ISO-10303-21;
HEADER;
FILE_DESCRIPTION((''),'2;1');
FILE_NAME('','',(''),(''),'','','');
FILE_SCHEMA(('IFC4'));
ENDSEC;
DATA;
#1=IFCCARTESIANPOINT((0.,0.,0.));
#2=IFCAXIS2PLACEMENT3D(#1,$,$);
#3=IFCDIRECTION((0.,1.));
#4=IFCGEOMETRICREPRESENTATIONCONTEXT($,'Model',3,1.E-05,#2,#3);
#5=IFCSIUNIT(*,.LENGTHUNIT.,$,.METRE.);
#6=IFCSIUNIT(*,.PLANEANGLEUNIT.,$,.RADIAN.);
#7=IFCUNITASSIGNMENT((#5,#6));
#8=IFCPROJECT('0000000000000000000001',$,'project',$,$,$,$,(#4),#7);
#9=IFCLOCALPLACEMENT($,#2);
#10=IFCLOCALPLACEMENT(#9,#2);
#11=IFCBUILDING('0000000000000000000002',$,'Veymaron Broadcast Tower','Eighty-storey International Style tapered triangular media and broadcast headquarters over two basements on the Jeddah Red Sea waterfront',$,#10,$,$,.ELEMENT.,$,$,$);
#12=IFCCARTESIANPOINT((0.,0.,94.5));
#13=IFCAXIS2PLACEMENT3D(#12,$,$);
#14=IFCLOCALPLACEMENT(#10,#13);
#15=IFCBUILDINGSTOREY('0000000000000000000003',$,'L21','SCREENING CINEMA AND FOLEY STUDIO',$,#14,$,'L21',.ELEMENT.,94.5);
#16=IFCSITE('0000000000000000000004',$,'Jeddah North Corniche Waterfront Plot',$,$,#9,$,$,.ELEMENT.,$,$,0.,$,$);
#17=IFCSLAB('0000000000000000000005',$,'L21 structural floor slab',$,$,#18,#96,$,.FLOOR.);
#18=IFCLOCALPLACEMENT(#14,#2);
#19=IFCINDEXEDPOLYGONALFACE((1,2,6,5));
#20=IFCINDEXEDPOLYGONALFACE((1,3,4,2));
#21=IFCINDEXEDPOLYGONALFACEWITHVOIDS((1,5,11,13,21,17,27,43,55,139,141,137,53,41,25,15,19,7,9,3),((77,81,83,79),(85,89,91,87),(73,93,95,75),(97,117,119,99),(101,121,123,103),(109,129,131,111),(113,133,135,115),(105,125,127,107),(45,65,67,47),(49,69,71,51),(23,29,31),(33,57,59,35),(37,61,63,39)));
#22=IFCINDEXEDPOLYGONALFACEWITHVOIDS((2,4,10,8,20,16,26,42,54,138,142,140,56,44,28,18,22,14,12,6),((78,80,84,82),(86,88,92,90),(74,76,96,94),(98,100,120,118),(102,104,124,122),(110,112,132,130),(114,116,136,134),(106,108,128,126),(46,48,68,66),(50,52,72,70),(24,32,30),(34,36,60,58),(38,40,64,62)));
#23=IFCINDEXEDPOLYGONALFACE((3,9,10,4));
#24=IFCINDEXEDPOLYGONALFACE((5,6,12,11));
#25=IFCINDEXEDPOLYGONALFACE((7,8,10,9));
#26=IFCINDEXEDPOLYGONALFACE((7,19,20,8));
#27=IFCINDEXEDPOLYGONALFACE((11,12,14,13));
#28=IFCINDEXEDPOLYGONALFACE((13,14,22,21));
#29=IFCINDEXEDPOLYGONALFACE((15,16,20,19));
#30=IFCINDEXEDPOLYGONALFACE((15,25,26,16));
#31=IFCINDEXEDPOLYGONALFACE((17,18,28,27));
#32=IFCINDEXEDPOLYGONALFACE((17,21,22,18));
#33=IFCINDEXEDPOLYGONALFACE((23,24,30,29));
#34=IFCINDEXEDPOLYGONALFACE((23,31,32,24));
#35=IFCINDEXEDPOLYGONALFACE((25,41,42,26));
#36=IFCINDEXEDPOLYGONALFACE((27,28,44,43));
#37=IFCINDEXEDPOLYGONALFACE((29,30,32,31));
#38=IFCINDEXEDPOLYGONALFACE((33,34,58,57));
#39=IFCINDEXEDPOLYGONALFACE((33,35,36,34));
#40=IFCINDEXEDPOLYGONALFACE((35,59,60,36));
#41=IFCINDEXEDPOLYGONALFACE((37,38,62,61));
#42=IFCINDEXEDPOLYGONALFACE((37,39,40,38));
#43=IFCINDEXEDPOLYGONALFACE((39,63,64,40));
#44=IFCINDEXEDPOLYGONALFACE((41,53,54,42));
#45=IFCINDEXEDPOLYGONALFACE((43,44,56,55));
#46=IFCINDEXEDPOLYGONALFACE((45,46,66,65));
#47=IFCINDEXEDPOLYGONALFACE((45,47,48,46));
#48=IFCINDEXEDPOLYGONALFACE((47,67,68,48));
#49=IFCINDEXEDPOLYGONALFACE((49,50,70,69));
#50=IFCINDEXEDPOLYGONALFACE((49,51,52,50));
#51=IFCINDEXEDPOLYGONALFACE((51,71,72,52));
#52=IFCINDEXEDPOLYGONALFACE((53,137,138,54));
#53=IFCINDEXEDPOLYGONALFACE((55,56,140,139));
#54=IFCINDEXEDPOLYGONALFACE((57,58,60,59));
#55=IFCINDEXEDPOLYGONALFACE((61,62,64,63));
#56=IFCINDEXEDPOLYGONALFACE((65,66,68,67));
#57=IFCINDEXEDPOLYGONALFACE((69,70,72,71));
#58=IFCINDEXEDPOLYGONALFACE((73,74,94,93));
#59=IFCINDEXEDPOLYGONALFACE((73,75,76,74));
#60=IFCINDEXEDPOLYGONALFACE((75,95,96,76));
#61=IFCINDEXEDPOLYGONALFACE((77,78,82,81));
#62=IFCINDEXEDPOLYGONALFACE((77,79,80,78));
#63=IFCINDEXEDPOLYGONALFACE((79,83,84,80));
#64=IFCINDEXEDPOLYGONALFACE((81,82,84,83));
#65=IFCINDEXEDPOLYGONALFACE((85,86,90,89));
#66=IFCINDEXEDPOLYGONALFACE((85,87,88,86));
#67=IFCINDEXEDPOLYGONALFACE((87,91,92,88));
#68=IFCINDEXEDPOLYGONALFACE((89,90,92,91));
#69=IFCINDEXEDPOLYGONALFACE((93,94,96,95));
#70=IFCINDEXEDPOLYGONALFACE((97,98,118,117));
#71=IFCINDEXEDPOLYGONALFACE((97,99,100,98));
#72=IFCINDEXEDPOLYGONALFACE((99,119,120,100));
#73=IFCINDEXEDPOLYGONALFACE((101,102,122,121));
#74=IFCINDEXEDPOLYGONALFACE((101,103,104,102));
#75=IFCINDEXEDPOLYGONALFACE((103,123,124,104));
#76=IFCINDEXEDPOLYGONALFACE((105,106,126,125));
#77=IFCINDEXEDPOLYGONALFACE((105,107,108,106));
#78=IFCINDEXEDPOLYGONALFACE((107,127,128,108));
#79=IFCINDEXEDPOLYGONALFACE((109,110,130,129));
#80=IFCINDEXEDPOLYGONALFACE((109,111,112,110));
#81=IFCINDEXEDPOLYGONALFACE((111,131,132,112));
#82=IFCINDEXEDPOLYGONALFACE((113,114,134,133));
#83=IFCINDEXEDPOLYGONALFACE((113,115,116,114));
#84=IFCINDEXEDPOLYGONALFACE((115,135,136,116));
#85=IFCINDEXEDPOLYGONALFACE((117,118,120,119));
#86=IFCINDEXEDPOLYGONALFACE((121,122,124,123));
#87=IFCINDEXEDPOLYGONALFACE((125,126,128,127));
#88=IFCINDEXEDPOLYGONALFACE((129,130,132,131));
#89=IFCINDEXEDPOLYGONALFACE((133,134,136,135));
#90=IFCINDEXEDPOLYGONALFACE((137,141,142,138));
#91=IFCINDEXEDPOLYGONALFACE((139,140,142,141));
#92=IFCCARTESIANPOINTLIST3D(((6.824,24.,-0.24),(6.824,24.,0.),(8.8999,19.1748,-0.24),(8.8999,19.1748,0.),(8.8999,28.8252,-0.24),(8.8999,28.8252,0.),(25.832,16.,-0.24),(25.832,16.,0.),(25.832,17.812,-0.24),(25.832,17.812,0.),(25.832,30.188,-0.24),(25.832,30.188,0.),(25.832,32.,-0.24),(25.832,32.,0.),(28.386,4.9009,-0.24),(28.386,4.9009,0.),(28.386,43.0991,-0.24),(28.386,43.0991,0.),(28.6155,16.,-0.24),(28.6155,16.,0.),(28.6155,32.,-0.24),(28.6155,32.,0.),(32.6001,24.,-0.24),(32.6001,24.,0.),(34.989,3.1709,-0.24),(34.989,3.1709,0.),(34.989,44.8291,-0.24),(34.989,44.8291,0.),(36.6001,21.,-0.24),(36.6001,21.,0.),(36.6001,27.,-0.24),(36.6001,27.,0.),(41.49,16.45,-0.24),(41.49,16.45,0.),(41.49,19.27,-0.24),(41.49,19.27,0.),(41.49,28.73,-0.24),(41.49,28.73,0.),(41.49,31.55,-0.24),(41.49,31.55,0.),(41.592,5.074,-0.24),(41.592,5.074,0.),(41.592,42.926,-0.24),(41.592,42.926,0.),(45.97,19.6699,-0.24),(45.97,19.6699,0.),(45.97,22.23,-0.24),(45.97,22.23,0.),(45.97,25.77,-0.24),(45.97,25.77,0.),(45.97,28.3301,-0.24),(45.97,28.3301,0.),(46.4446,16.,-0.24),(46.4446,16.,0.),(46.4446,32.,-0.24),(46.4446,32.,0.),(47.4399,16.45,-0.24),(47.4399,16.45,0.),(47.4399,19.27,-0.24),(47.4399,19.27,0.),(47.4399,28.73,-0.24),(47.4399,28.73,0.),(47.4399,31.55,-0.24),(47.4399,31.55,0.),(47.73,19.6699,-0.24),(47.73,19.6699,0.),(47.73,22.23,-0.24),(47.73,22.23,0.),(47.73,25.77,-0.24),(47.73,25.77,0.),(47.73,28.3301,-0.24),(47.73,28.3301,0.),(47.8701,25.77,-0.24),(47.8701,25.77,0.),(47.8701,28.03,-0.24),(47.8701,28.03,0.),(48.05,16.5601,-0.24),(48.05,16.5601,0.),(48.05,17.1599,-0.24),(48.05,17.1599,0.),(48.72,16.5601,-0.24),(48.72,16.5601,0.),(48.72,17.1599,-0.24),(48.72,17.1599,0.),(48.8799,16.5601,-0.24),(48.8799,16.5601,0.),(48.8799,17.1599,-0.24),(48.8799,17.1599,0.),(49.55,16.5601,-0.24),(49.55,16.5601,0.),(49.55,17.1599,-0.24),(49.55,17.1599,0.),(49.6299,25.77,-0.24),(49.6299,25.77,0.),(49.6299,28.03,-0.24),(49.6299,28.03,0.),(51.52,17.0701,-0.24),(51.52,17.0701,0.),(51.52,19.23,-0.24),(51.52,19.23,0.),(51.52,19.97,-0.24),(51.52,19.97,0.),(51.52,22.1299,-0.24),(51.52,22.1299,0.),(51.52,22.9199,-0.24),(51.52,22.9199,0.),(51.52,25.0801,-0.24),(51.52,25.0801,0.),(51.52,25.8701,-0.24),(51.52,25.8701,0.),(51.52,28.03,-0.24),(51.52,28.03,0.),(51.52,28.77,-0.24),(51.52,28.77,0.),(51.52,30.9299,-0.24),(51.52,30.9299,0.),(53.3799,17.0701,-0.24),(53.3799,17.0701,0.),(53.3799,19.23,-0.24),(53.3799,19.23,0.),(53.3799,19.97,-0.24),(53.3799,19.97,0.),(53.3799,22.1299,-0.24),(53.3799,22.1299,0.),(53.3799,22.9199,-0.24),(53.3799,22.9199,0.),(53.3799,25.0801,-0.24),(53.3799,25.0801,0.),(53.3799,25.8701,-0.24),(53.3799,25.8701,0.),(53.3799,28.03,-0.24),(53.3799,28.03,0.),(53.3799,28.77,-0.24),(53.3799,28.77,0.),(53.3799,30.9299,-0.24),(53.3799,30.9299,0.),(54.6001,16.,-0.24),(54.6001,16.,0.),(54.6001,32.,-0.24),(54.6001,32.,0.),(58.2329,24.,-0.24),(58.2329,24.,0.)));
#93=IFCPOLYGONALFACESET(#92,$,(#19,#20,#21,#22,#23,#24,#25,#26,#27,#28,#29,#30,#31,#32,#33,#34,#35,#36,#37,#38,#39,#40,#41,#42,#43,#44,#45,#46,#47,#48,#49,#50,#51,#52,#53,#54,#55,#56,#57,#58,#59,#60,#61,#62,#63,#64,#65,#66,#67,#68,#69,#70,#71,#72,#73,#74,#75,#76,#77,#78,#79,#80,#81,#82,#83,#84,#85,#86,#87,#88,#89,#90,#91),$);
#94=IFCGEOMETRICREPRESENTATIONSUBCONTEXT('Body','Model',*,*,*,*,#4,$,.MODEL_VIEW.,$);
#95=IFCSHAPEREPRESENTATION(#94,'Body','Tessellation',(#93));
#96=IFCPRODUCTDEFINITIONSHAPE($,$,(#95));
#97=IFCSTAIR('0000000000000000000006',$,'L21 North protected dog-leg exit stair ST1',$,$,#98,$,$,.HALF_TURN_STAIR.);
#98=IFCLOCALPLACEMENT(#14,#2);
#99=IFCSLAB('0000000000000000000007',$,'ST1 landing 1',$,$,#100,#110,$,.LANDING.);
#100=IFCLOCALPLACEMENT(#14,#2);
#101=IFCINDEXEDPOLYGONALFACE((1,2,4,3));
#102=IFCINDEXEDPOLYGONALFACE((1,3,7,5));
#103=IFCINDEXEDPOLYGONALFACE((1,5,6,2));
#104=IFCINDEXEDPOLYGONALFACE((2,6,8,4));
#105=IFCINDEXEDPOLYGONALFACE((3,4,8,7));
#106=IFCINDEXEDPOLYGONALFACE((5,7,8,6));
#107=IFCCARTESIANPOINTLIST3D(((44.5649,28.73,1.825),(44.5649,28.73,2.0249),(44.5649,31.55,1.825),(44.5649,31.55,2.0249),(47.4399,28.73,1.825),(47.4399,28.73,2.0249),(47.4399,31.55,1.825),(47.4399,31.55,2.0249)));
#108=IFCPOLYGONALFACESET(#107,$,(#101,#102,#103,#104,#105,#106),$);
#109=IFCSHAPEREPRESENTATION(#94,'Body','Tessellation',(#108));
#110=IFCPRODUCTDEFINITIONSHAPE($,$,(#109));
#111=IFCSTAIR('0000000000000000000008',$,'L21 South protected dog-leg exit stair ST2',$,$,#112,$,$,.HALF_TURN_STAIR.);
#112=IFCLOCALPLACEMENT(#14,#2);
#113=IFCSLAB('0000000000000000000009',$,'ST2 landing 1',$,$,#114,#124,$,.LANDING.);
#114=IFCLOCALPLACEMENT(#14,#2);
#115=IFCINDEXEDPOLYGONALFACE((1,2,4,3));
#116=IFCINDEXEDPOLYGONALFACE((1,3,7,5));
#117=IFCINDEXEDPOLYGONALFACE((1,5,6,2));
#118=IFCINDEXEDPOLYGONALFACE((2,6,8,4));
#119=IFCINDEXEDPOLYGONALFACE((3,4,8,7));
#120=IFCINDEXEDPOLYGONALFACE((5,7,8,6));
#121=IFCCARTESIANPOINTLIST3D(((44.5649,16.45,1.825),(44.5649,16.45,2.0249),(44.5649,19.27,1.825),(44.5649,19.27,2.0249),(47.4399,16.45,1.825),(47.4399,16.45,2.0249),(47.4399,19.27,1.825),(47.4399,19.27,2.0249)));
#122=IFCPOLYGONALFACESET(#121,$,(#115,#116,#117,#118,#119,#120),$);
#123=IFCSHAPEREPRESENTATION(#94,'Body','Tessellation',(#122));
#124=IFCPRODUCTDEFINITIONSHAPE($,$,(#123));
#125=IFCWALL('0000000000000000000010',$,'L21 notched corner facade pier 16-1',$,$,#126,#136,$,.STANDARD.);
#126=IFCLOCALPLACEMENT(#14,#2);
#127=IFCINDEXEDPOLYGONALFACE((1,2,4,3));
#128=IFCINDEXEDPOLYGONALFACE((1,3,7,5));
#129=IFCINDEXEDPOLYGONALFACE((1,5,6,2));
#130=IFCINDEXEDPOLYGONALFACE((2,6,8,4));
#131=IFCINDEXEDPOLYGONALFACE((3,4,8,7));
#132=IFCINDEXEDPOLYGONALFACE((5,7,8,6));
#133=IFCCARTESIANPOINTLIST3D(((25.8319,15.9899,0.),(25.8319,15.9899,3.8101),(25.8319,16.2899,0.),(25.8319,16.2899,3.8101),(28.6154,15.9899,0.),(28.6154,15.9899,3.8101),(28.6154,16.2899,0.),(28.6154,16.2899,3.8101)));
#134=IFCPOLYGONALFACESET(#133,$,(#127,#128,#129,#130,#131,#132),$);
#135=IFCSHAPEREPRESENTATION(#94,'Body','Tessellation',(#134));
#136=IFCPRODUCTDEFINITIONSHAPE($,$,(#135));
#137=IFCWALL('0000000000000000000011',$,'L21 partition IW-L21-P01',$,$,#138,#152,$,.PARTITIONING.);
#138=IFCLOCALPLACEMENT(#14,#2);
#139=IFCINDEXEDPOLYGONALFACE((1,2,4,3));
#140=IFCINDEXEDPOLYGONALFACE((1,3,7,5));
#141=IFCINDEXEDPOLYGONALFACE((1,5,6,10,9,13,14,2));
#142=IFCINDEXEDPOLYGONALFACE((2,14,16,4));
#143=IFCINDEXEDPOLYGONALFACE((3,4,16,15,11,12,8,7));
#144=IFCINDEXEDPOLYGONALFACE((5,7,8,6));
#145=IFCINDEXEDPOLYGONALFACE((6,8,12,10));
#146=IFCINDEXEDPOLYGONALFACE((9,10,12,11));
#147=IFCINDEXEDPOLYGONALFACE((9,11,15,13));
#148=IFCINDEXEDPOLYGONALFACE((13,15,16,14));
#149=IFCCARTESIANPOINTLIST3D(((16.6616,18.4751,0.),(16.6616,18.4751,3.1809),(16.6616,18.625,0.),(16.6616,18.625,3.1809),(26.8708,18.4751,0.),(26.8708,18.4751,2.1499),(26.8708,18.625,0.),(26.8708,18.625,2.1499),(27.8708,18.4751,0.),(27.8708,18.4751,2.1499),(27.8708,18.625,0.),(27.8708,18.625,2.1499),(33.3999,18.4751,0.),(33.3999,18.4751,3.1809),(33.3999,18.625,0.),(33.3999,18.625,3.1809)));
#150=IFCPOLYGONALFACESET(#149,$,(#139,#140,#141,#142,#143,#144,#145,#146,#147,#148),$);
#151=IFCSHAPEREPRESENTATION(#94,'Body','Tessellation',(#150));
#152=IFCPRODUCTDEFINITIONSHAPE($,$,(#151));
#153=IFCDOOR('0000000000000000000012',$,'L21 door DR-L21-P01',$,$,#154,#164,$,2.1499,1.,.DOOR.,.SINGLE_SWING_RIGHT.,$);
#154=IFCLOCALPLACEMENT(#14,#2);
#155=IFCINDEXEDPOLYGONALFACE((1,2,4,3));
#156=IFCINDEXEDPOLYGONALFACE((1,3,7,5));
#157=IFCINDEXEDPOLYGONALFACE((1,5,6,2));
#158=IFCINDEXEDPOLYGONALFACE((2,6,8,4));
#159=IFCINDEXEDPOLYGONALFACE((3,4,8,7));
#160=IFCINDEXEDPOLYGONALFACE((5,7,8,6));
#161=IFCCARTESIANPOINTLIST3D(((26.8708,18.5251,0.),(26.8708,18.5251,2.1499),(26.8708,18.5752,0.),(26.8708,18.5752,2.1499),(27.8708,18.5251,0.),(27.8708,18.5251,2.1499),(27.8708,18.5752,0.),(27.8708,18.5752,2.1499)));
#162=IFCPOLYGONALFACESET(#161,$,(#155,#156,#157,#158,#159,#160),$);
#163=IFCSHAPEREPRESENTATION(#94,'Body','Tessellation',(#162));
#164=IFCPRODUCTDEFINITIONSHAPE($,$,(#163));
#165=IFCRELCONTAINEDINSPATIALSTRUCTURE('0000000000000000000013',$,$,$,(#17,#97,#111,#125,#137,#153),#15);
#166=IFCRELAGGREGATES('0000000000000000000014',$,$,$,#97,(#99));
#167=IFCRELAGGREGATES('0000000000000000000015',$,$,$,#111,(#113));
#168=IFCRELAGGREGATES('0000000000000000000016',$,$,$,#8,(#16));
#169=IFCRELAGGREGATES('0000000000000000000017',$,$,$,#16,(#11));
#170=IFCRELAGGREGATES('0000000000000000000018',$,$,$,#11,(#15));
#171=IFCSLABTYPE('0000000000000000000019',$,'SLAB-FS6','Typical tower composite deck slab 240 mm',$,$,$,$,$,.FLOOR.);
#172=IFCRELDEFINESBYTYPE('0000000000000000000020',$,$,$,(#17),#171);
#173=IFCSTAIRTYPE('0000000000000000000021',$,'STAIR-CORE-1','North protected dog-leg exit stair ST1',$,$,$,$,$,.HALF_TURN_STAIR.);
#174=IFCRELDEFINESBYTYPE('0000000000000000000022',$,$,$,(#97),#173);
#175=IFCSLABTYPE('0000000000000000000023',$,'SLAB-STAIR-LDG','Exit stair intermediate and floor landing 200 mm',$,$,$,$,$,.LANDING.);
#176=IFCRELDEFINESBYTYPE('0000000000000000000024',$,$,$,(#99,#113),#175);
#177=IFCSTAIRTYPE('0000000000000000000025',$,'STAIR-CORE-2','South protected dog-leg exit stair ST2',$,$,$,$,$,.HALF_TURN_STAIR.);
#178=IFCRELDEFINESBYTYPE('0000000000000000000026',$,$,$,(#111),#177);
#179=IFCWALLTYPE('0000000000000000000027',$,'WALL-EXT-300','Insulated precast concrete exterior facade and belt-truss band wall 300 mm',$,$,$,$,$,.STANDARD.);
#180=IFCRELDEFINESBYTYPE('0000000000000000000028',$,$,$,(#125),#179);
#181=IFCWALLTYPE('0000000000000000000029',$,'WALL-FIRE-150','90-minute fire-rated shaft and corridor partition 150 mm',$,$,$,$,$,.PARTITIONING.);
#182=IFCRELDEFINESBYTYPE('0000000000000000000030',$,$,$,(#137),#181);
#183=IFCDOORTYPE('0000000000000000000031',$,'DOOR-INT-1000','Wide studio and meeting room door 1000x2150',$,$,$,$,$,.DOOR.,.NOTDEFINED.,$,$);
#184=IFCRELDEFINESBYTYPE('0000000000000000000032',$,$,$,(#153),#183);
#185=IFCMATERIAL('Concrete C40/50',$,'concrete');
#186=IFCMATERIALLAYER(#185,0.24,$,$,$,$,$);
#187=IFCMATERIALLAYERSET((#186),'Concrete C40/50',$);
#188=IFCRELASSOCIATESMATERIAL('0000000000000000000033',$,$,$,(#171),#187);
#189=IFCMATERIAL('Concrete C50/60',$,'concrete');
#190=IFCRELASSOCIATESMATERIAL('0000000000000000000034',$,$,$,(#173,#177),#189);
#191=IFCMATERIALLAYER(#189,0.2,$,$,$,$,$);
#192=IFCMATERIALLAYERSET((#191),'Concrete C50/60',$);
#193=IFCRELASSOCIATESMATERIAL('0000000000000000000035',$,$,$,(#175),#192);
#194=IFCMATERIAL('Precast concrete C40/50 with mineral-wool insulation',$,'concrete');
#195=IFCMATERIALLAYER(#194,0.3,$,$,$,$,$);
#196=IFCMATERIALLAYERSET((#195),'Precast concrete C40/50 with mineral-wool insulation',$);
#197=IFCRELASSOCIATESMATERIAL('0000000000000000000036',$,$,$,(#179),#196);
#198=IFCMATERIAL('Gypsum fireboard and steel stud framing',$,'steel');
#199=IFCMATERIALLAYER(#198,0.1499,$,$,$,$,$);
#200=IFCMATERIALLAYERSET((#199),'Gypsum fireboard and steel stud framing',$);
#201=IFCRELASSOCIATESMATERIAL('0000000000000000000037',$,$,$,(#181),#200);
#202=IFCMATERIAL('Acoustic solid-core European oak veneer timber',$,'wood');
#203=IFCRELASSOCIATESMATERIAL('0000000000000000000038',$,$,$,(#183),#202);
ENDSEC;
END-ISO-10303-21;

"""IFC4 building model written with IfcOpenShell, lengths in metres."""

from ifc_helpers import new_model, si_unit, direction, frame, frame_2d, origin, place, context, subcontext, project, spatial, polyline, rectangle, outline, extrude, material, layer, layer_set, type_object, element, fill, aggregate, save


model = new_model("IFC4")

# Units and contexts
model_context = context("Model", 3, precision=1e-05, world=origin(), true_north=direction((0.0, 1.0)))
body_context = subcontext(model_context, "Body", "Model", "MODEL_VIEW")
ifc_project = project(units=[si_unit("LENGTHUNIT", "METRE"), si_unit("PLANEANGLEUNIT", "RADIAN")], contexts=[model_context])

# Site, building, storey
site_placement = place(None, origin())
site = spatial("IfcSite", under=ifc_project, at=site_placement, Name="Jeddah North Corniche Waterfront Plot", CompositionType="ELEMENT", RefElevation=0.0)
building_placement = place(site_placement, origin())
building = spatial("IfcBuilding", under=site, at=building_placement, Name="Veymaron Broadcast Tower", Description="Eighty-storey International Style tapered triangular media and broadcast headquarters over two basements on the Jeddah Red Sea waterfront", CompositionType="ELEMENT")
storey_placement = place(building_placement, frame((0.0, 0.0, 94.5)))
storey = spatial("IfcBuildingStorey", under=building, at=storey_placement, Name="L21", Description="SCREENING CINEMA AND FOLEY STUDIO", LongName="L21", CompositionType="ELEMENT", Elevation=94.5)

# Slab
ifc_material_1 = material(Name="Concrete C40/50", Category="concrete")
ifc_layer_1 = layer(ifc_material_1, 0.24)
ifc_layer_set_1 = layer_set([ifc_layer_1], Name="Concrete C40/50")
slab_type_1 = type_object("IfcSlabType", Name="SLAB-FS6", Description="Typical tower composite deck slab 240 mm", PredefinedType="FLOOR", material=ifc_layer_set_1)
slab_1_placement = place(storey_placement, frame((0.0, 0.0, -0.24)))
element("IfcSlab", 1, at=slab_1_placement, inside=storey, type_object=slab_type_1, Name="L21 structural floor slab", PredefinedType="FLOOR", context=body_context, shape_type="SweptSolid", body=[
    extrude(outline(polyline([(46.4446, 16.0), (54.6001, 16.0), (58.2329, 24.0), (54.6001, 32.0), (46.4446, 32.0), (41.592, 42.926), (34.989, 44.8291), (28.386, 43.0991), (28.6155, 32.0), (25.832, 32.0), (25.832, 30.188), (8.8999, 28.8252), (6.824, 24.0), (8.8999, 19.1748), (25.832, 17.812), (25.832, 16.0), (28.6155, 16.0), (28.386, 4.9009), (34.989, 3.1709), (41.592, 5.074), (46.4446, 16.0)]), holes=[polyline([(45.97, 28.3301), (47.73, 28.3301), (47.73, 25.77), (45.97, 25.77), (45.97, 28.3301)]), polyline([(45.97, 22.23), (47.73, 22.23), (47.73, 19.6699), (45.97, 19.6699), (45.97, 22.23)]), polyline([(47.8701, 28.03), (49.6299, 28.03), (49.6299, 25.77), (47.8701, 25.77), (47.8701, 28.03)]), polyline([(51.52, 30.9299), (53.3799, 30.9299), (53.3799, 28.77), (51.52, 28.77), (51.52, 30.9299)]), polyline([(51.52, 28.03), (53.3799, 28.03), (53.3799, 25.8701), (51.52, 25.8701), (51.52, 28.03)]), polyline([(51.52, 22.1299), (53.3799, 22.1299), (53.3799, 19.97), (51.52, 19.97), (51.52, 22.1299)]), polyline([(51.52, 25.0801), (53.3799, 25.0801), (53.3799, 22.9199), (51.52, 22.9199), (51.52, 25.0801)]), polyline([(51.52, 19.23), (53.3799, 19.23), (53.3799, 17.0701), (51.52, 17.0701), (51.52, 19.23)]), polyline([(48.05, 17.1599), (48.72, 17.1599), (48.72, 16.5601), (48.05, 16.5601), (48.05, 17.1599)]), polyline([(48.8799, 17.1599), (49.55, 17.1599), (49.55, 16.5601), (48.8799, 16.5601), (48.8799, 17.1599)]), polyline([(36.6001, 27.0), (36.6001, 21.0), (32.6001, 24.0), (36.6001, 27.0)]), polyline([(41.49, 31.55), (47.4399, 31.55), (47.4399, 28.73), (41.49, 28.73), (41.49, 31.55)]), polyline([(41.49, 19.27), (47.4399, 19.27), (47.4399, 16.45), (41.49, 16.45), (41.49, 19.27)])]), origin(), (0.0, 0.0, 1.0), 0.24),
])

# Stairs, slabs
ifc_material_2 = material(Name="Concrete C50/60", Category="concrete")
stair_type_1 = type_object("IfcStairType", Name="STAIR-CORE-1", Description="North protected dog-leg exit stair ST1", PredefinedType="HALF_TURN_STAIR", material=ifc_material_2)
stair_1_placement = place(storey_placement, origin())
stair_1 = element("IfcStair", 2, at=stair_1_placement, inside=storey, type_object=stair_type_1, Name="L21 North protected dog-leg exit stair ST1", PredefinedType="HALF_TURN_STAIR")
ifc_layer_2 = layer(ifc_material_2, 0.2)
ifc_layer_set_2 = layer_set([ifc_layer_2], Name="Concrete C50/60")
slab_type_2 = type_object("IfcSlabType", Name="SLAB-STAIR-LDG", Description="Exit stair intermediate and floor landing 200 mm", PredefinedType="LANDING", material=ifc_layer_set_2)
slab_2_placement = place(storey_placement, frame((0.0, 0.0, 1.825)))
slab_2 = element("IfcSlab", 3, at=slab_2_placement, type_object=slab_type_2, Name="ST1 landing 1", PredefinedType="LANDING", context=body_context, shape_type="SweptSolid", body=[
    extrude(outline(polyline([(44.5649, 28.73), (47.4399, 28.73), (47.4399, 31.55), (44.5649, 31.55), (44.5649, 28.73)])), origin(), (0.0, 0.0, 1.0), 0.2),
])
aggregate(stair_1, [slab_2])
stair_type_2 = type_object("IfcStairType", Name="STAIR-CORE-2", Description="South protected dog-leg exit stair ST2", PredefinedType="HALF_TURN_STAIR", material=ifc_material_2)
stair_2_placement = place(storey_placement, origin())
stair_2 = element("IfcStair", 4, at=stair_2_placement, inside=storey, type_object=stair_type_2, Name="L21 South protected dog-leg exit stair ST2", PredefinedType="HALF_TURN_STAIR")
slab_3_placement = place(storey_placement, frame((0.0, 0.0, 1.825)))
slab_3 = element("IfcSlab", 5, at=slab_3_placement, type_object=slab_type_2, Name="ST2 landing 1", PredefinedType="LANDING", context=body_context, shape_type="SweptSolid", body=[
    extrude(outline(polyline([(44.5649, 16.45), (47.4399, 16.45), (47.4399, 19.27), (44.5649, 19.27), (44.5649, 16.45)])), origin(), (0.0, 0.0, 1.0), 0.2),
])
aggregate(stair_2, [slab_3])

# Wall
ifc_material_3 = material(Name="Precast concrete C40/50 with mineral-wool insulation", Category="concrete")
ifc_layer_3 = layer(ifc_material_3, 0.3)
ifc_layer_set_3 = layer_set([ifc_layer_3], Name="Precast concrete C40/50 with mineral-wool insulation")
wall_type_1 = type_object("IfcWallType", Name="WALL-EXT-300", Description="Insulated precast concrete exterior facade and belt-truss band wall 300 mm", PredefinedType="STANDARD", material=ifc_layer_set_3)
wall_1_placement = place(storey_placement, frame((25.832, 16.1399, 0.0), z_axis=(0.0, 0.0, 1.0), x_axis=(1.0, 0.0, 0.0)))
element("IfcWall", 6, at=wall_1_placement, inside=storey, type_object=wall_type_1, Name="L21 notched corner facade pier 16-1", PredefinedType="STANDARD", context=body_context, shape_type="SweptSolid", body=[
    extrude(rectangle(XDim=2.7834, YDim=0.3, at=frame_2d((1.3916, 0.0))), origin(), (0.0, 0.0, 1.0), 3.8101),
])

# Wall, opening, door
ifc_material_4 = material(Name="Gypsum fireboard and steel stud framing", Category="steel")
ifc_layer_4 = layer(ifc_material_4, 0.1499)
ifc_layer_set_4 = layer_set([ifc_layer_4], Name="Gypsum fireboard and steel stud framing")
wall_type_2 = type_object("IfcWallType", Name="WALL-FIRE-150", Description="90-minute fire-rated shaft and corridor partition 150 mm", PredefinedType="PARTITIONING", material=ifc_layer_set_4)
wall_2_placement = place(storey_placement, frame((16.6616, 18.55, 0.0), z_axis=(0.0, 0.0, 1.0), x_axis=(1.0, 0.0, 0.0)))
wall_2 = element("IfcWall", 7, at=wall_2_placement, inside=storey, type_object=wall_type_2, Name="L21 partition IW-L21-P01", PredefinedType="PARTITIONING", context=body_context, shape_type="SweptSolid", body=[
    extrude(rectangle(XDim=16.7383, YDim=0.1499, at=frame_2d((8.3691, 0.0))), origin(), (0.0, 0.0, 1.0), 3.1809),
])
opening_1_placement = place(wall_2_placement, frame((10.2092, 0.0, 0.0)))
opening_1 = element("IfcOpeningElement", 8, at=opening_1_placement, cuts=wall_2, PredefinedType="OPENING", context=body_context, shape_type="SweptSolid", body=[
    extrude(rectangle(XDim=1.0, YDim=2.1499, at=frame_2d((0.5, 1.075))), frame((0.0, 0.085, 0.0), z_axis=(0.0, -1.0, 0.0), x_axis=(1.0, 0.0, 0.0)), (0.0, 0.0, 1.0), 0.1699),
])
ifc_material_5 = material(Name="Acoustic solid-core European oak veneer timber", Category="wood")
door_type = type_object("IfcDoorType", Name="DOOR-INT-1000", Description="Wide studio and meeting room door 1000x2150", OperationType="NOTDEFINED", PredefinedType="DOOR", material=ifc_material_5)
door_1_placement = place(opening_1_placement, frame((1.0, 0.0, 0.0), z_axis=(0.0, 0.0, 1.0), x_axis=(-1.0, 0.0, 0.0)))
door_1 = element("IfcDoor", 9, at=door_1_placement, inside=storey, type_object=door_type, Name="L21 door DR-L21-P01", OperationType="SINGLE_SWING_RIGHT", OverallHeight=2.1499, OverallWidth=1.0, PredefinedType="DOOR", context=body_context, shape_type="SweptSolid", body=[
    extrude(rectangle(XDim=1.0, YDim=2.1499, at=frame_2d((0.5, 1.075))), frame((0.0, 0.0249, 0.0), z_axis=(0.0, -1.0, 0.0), x_axis=(1.0, 0.0, 0.0)), (0.0, 0.0, 1.0), 0.05),
])
fill(opening_1, door_1)

save(model, "model.ifc")
